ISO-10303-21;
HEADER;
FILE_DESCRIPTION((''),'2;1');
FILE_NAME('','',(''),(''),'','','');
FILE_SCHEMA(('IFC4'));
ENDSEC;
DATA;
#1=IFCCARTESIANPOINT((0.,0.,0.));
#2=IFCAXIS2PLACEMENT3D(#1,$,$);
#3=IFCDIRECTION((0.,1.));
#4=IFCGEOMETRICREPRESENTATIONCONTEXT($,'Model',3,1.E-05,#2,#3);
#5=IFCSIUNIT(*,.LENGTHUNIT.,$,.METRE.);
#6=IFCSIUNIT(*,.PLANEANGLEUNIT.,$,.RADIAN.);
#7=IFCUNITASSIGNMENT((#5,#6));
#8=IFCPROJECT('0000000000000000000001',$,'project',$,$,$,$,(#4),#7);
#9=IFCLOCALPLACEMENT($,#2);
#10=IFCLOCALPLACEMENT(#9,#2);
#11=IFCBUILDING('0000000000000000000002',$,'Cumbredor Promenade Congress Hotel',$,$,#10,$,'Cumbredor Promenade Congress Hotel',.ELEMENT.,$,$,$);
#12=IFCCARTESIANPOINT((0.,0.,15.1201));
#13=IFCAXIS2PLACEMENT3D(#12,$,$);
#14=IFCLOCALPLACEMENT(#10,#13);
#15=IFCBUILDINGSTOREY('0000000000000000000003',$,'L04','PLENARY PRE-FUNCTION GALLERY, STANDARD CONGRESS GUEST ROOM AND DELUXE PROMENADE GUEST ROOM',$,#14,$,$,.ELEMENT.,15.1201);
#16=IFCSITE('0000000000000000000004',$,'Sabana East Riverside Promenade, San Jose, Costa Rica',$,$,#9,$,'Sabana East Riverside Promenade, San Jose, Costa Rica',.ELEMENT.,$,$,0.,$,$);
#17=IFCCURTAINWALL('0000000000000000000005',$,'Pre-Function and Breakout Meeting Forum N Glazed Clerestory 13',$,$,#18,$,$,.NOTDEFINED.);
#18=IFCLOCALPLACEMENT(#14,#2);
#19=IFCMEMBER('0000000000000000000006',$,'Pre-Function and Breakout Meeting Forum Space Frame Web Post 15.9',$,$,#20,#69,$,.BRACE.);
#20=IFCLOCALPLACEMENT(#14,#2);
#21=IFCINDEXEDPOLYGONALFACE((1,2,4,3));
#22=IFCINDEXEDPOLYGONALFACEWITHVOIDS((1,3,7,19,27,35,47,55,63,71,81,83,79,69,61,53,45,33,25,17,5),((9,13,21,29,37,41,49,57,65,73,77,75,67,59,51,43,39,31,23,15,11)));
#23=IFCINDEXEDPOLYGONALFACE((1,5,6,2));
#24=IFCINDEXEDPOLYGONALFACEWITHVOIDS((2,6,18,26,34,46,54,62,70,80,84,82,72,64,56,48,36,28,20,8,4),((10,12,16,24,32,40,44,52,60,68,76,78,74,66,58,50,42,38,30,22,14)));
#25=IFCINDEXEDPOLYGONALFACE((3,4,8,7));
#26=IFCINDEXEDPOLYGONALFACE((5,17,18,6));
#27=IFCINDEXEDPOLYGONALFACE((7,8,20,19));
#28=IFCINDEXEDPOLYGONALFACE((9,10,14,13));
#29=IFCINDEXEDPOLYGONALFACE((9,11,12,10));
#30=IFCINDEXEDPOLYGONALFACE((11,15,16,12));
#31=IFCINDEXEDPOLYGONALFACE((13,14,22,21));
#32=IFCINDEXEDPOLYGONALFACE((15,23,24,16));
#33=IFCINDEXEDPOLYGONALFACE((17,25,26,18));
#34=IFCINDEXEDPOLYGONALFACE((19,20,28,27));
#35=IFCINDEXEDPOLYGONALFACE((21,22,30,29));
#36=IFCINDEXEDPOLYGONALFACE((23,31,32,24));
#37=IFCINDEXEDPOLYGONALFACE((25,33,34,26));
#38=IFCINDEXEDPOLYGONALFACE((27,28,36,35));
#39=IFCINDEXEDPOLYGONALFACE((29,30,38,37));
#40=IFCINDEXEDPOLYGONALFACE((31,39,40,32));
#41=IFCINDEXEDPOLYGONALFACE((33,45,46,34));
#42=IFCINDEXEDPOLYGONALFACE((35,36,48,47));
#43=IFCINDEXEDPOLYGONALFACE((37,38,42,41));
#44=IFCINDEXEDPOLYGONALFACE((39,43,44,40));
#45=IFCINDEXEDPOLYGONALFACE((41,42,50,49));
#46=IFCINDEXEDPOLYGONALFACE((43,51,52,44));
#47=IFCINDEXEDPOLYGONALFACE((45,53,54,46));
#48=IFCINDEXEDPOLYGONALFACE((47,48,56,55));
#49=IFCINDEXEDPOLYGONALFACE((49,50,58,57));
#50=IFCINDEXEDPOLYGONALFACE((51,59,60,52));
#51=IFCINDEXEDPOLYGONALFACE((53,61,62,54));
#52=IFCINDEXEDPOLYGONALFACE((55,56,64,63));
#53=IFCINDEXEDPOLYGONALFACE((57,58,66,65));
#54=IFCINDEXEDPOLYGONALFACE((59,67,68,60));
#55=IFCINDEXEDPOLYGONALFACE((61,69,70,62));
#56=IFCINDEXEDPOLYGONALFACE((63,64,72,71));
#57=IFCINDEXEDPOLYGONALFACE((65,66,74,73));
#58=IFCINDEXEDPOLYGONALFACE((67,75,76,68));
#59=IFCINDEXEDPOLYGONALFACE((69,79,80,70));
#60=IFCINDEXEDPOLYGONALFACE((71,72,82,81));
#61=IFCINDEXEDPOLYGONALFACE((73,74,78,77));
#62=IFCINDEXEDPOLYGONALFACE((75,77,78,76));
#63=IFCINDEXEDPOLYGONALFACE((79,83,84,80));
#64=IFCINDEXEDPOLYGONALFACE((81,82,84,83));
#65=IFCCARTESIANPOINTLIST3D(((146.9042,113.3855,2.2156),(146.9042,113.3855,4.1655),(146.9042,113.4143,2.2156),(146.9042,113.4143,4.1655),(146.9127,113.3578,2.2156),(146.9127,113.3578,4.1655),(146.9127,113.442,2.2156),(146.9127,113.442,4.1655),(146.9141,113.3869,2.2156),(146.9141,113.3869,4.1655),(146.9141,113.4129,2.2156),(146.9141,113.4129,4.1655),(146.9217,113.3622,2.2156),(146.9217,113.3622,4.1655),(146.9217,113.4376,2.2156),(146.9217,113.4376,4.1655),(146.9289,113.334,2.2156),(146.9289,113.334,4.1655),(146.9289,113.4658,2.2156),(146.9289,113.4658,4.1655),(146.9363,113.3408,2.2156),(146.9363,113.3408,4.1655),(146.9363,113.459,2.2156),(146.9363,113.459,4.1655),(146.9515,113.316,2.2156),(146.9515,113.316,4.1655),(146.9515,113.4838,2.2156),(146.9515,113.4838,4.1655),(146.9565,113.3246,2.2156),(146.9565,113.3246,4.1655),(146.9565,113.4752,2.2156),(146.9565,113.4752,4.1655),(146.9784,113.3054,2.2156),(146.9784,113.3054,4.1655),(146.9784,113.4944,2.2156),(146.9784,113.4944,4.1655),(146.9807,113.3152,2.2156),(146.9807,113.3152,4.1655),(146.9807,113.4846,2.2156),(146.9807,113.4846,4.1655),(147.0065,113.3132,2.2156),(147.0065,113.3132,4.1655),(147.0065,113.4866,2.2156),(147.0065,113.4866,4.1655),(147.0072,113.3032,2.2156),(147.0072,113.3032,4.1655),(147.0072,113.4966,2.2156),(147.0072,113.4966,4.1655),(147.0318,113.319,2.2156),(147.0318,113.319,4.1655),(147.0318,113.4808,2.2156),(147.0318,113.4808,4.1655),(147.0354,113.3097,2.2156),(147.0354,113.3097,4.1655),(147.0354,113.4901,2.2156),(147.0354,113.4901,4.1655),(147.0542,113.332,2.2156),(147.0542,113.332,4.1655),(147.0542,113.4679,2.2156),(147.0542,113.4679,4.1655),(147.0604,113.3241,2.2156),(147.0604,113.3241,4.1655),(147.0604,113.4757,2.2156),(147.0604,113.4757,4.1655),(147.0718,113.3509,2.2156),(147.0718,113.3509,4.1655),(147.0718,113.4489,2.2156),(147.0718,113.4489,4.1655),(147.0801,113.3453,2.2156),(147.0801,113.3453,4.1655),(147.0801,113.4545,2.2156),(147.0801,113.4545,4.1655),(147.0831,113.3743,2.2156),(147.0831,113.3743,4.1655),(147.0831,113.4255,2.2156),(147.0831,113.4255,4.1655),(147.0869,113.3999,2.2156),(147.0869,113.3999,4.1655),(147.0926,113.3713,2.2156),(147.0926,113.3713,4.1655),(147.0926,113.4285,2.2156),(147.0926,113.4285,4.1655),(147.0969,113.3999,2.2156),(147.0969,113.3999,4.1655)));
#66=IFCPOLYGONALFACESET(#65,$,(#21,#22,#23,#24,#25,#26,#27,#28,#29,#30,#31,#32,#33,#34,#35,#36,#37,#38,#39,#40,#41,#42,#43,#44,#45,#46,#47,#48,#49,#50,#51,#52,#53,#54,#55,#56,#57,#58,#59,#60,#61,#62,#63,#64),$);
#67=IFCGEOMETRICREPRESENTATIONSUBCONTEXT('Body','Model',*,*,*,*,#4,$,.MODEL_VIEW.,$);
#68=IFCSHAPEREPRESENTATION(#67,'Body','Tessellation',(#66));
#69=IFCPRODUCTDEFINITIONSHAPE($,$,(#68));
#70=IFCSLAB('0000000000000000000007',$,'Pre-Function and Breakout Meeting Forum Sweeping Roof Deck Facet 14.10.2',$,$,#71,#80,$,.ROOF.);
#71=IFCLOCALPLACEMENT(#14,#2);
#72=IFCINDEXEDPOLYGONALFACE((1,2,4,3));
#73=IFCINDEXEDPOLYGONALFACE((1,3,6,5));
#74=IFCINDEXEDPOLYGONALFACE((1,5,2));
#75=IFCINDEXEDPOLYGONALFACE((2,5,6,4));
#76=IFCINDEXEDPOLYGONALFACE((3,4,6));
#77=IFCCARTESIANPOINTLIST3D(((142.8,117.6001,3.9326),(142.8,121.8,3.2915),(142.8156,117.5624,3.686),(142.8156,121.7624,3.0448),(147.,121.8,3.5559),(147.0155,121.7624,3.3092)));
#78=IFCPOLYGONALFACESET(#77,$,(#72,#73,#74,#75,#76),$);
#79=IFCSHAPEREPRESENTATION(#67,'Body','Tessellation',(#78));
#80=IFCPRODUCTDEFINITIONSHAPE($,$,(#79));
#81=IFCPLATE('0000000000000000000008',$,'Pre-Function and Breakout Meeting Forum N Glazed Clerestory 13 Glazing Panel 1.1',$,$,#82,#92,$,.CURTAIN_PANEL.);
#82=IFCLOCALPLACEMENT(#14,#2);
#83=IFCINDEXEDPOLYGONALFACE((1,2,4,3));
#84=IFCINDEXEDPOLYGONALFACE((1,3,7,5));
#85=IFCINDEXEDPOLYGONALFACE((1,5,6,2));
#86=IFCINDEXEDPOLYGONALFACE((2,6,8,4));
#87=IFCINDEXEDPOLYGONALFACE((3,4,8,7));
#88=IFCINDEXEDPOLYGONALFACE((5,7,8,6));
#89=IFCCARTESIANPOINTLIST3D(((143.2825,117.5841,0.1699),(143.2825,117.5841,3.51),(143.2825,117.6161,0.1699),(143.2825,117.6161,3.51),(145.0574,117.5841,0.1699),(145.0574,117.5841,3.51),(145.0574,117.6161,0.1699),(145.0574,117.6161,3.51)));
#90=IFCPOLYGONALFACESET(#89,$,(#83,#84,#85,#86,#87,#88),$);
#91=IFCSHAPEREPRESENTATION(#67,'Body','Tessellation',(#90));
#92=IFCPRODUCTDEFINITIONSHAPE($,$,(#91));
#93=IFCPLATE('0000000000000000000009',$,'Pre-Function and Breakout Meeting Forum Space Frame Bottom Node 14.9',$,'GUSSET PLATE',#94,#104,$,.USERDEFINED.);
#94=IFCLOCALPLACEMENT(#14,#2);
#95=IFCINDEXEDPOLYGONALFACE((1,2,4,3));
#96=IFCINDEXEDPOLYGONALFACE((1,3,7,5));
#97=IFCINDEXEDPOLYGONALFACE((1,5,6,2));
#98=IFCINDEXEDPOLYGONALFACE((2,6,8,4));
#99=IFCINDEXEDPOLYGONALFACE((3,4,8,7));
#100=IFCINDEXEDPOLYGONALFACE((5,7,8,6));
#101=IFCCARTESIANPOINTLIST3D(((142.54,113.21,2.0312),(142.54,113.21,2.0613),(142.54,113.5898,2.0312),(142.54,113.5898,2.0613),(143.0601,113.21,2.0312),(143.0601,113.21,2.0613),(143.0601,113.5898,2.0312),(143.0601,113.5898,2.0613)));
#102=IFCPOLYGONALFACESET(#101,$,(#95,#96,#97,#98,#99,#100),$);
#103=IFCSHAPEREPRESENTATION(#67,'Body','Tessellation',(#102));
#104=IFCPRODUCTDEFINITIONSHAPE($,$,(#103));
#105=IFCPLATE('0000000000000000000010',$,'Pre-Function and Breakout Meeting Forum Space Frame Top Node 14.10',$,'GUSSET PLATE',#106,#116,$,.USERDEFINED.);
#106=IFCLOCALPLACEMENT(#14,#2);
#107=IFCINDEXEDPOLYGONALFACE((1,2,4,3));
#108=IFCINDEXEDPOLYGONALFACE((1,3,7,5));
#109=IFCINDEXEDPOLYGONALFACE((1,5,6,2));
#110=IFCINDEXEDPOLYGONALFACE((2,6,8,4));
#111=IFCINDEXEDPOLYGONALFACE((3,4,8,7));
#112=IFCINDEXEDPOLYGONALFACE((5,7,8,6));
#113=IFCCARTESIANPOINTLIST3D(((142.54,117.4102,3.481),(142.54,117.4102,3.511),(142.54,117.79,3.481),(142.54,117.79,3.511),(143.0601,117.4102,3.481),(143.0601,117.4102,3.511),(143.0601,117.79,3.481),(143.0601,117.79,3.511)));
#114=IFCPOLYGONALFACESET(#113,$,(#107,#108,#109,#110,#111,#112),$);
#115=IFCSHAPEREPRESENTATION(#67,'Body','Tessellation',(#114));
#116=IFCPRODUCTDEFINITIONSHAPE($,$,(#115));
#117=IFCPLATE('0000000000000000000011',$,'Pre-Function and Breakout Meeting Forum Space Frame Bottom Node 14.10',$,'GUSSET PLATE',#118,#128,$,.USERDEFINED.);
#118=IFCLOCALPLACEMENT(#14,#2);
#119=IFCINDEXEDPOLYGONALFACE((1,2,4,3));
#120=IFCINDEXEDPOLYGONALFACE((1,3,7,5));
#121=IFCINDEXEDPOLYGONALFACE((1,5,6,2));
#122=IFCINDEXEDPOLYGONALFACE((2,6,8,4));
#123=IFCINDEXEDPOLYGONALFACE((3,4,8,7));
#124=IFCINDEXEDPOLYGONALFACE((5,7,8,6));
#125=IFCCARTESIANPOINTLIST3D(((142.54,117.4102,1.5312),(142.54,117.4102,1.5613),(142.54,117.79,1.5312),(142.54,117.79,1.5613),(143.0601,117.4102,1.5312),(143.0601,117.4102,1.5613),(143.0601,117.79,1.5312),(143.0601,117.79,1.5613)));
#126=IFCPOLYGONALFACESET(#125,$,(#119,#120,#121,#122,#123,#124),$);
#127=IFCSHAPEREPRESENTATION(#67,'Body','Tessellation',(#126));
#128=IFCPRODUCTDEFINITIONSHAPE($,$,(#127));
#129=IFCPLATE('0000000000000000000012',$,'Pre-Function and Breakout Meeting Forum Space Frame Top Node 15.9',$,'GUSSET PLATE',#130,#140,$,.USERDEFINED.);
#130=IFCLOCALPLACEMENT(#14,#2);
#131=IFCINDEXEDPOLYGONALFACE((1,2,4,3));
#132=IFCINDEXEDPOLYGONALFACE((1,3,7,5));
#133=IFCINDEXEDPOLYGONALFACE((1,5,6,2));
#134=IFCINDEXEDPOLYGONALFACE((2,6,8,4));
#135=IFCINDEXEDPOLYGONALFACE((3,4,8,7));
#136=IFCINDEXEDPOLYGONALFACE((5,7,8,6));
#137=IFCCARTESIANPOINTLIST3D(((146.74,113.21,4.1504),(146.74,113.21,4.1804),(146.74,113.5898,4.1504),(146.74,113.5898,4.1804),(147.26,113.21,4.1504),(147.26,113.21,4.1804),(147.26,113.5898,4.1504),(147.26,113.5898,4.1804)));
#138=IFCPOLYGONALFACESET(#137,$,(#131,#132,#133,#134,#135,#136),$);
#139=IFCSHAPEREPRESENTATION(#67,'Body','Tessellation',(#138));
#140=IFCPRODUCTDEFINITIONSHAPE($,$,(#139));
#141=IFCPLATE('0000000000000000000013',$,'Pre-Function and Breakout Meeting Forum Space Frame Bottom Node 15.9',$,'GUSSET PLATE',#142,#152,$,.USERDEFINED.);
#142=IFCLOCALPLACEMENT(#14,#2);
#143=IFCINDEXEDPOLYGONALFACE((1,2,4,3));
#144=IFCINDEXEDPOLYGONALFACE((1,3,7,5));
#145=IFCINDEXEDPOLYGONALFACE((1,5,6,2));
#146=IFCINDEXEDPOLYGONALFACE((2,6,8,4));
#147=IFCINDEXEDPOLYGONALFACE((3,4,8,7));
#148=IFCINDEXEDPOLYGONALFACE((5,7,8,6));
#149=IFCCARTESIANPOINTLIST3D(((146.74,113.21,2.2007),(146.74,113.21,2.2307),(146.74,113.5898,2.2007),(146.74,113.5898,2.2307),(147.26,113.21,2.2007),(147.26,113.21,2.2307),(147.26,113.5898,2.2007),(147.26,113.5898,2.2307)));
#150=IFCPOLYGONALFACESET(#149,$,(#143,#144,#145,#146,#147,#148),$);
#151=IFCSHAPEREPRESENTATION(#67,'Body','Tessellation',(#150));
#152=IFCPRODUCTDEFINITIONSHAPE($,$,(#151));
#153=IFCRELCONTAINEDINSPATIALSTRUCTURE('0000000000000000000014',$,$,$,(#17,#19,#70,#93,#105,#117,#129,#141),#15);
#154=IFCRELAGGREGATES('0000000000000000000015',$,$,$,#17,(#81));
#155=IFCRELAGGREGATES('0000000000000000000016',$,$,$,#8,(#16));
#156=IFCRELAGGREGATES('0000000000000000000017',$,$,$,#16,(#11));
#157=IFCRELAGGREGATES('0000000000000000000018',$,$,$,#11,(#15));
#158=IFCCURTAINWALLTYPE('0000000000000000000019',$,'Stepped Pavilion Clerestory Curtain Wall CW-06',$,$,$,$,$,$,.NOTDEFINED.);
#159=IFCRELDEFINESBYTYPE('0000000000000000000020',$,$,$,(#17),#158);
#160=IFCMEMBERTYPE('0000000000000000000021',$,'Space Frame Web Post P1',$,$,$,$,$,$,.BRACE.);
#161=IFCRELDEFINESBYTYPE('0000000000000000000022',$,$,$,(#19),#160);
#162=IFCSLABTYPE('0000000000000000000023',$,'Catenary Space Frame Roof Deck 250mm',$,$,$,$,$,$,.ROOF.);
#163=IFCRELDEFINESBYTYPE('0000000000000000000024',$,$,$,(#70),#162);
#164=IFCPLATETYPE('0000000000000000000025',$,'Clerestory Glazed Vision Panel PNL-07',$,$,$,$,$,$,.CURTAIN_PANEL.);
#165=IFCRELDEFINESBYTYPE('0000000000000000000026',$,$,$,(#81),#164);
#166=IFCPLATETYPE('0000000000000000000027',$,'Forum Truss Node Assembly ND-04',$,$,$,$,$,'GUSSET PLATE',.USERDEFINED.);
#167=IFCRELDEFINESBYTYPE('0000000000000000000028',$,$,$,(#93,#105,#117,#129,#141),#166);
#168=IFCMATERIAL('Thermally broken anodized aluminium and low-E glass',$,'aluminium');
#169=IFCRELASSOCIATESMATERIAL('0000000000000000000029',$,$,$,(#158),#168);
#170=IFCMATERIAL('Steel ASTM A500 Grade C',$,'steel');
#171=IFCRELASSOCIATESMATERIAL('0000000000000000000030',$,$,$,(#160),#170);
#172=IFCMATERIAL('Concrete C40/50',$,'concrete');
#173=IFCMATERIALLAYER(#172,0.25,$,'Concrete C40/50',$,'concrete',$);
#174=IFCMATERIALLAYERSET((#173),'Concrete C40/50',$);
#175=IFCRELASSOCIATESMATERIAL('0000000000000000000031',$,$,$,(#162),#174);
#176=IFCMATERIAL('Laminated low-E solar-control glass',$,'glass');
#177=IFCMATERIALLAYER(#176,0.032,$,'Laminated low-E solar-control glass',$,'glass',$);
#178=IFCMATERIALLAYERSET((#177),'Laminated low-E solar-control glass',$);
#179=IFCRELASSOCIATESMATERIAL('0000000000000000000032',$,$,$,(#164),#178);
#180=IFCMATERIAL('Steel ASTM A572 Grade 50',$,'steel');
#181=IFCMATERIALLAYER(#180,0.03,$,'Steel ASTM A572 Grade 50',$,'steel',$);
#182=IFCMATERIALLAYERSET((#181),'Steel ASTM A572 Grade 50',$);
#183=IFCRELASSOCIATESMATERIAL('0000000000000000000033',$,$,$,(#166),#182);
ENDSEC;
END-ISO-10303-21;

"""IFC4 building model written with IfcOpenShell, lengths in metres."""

from ifc_helpers import new_model, si_unit, direction, frame, origin, origin_2d, place, context, subcontext, project, spatial, polyline, rectangle, hollow_circle, outline, extrude, material, layer, layer_set, material_profile, profile_set, type_object, element, aggregate, save


model = new_model("IFC4")

# Units and contexts
model_context = context("Model", 3, precision=1e-05, world=origin(), true_north=direction((0.0, 1.0)))
body_context = subcontext(model_context, "Body", "Model", "MODEL_VIEW")
ifc_project = project(units=[si_unit("LENGTHUNIT", "METRE"), si_unit("PLANEANGLEUNIT", "RADIAN")], contexts=[model_context])

# Site, building, storey
site_placement = place(None, origin())
site = spatial("IfcSite", under=ifc_project, at=site_placement, Name="Sabana East Riverside Promenade, San Jose, Costa Rica", LongName="Sabana East Riverside Promenade, San Jose, Costa Rica", CompositionType="ELEMENT", RefElevation=0.0)
building_placement = place(site_placement, origin())
building = spatial("IfcBuilding", under=site, at=building_placement, Name="Cumbredor Promenade Congress Hotel", LongName="Cumbredor Promenade Congress Hotel", CompositionType="ELEMENT")
storey_placement = place(building_placement, frame((0.0, 0.0, 15.1201)))
storey = spatial("IfcBuildingStorey", under=building, at=storey_placement, Name="L04", Description="PLENARY PRE-FUNCTION GALLERY, STANDARD CONGRESS GUEST ROOM AND DELUXE PROMENADE GUEST ROOM", CompositionType="ELEMENT", Elevation=15.1201)

# Curtain wall
ifc_material_1 = material(Name="Thermally broken anodized aluminium and low-E glass", Category="aluminium")
curtain_wall_type = type_object("IfcCurtainWallType", Name="Stepped Pavilion Clerestory Curtain Wall CW-06", PredefinedType="NOTDEFINED", material=ifc_material_1)
curtain_wall_placement = place(storey_placement, origin())
curtain_wall = element("IfcCurtainWall", 1, at=curtain_wall_placement, inside=storey, type_object=curtain_wall_type, Name="Pre-Function and Breakout Meeting Forum N Glazed Clerestory 13", PredefinedType="NOTDEFINED")

# Member
ifc_material_2 = material(Name="Steel ASTM A500 Grade C", Category="steel")
ifc_material_profile_1 = material_profile(ifc_material_2, hollow_circle(Radius=0.0969, WallThickness=0.01, at=origin_2d()), Name="CHS 193.7x10")
ifc_profile_set_1 = profile_set([ifc_material_profile_1], Name="Steel ASTM A500 Grade C")
member_type_1 = type_object("IfcMemberType", Name="Space Frame Web Post P1", PredefinedType="BRACE", material=ifc_profile_set_1)
for number, where, z_axis, x_axis, name in (
    (2, (147.0, 113.3999, 2.2156), (0.0, 0.0, 1.0), (1.0, 0.0, 0.0), "Pre-Function and Breakout Meeting Forum Space Frame Web Post 15.9"),
):
    element("IfcMember", number, at=place(storey_placement, frame(where, z_axis=z_axis, x_axis=x_axis)), inside=storey, type_object=member_type_1, Name=name, PredefinedType="BRACE", context=body_context, shape_type="SweptSolid", body=[
        extrude(hollow_circle(Radius=0.0969, WallThickness=0.01, at=origin_2d()), origin(), (0.0, 0.0, 1.0), 1.95),
    ])

# Slab
ifc_material_3 = material(Name="Concrete C40/50", Category="concrete")
ifc_layer_1 = layer(ifc_material_3, 0.25, Name="Concrete C40/50", Category="concrete")
ifc_layer_set_1 = layer_set([ifc_layer_1], Name="Concrete C40/50")
slab_type = type_object("IfcSlabType", Name="Catenary Space Frame Roof Deck 250mm", PredefinedType="ROOF", material=ifc_layer_set_1)
slab_placement = place(storey_placement, frame((142.8, 117.6001, 3.9326), z_axis=(-0.062113, 0.150608, 0.98664), x_axis=(0.705689, 0.705689, -0.063296)))
element("IfcSlab", 3, at=slab_placement, inside=storey, type_object=slab_type, Name="Pre-Function and Breakout Meeting Forum Sweeping Roof Deck Facet 14.10.2", PredefinedType="ROOF", context=body_context, shape_type="SweptSolid", body=[
    extrude(outline(polyline([(0.0, 0.0), (5.9516, 0.0), (3.0044, 3.004), (0.0, 0.0)])), origin(), (0.0, 0.0, -1.0), 0.25),
])

# Plate
ifc_material_4 = material(Name="Laminated low-E solar-control glass", Category="glass")
ifc_layer_2 = layer(ifc_material_4, 0.032, Name="Laminated low-E solar-control glass", Category="glass")
ifc_layer_set_2 = layer_set([ifc_layer_2], Name="Laminated low-E solar-control glass")
plate_type_1 = type_object("IfcPlateType", Name="Clerestory Glazed Vision Panel PNL-07", PredefinedType="CURTAIN_PANEL", material=ifc_layer_set_2)
plate_placement = place(storey_placement, frame((144.1699, 117.6001, 0.1699), z_axis=(0.0, 0.0, 1.0), x_axis=(1.0, 0.0, 0.0)))
plate = element("IfcPlate", 4, at=plate_placement, type_object=plate_type_1, Name="Pre-Function and Breakout Meeting Forum N Glazed Clerestory 13 Glazing Panel 1.1", PredefinedType="CURTAIN_PANEL", context=body_context, shape_type="SweptSolid", body=[
    extrude(rectangle(XDim=1.7749, YDim=0.032, at=origin_2d()), origin(), (0.0, 0.0, 1.0), 3.3401),
])
aggregate(curtain_wall, [plate])

# Plates
ifc_material_5 = material(Name="Steel ASTM A572 Grade 50", Category="steel")
ifc_layer_3 = layer(ifc_material_5, 0.03, Name="Steel ASTM A572 Grade 50", Category="steel")
ifc_layer_set_3 = layer_set([ifc_layer_3], Name="Steel ASTM A572 Grade 50")
plate_type_2 = type_object("IfcPlateType", Name="Forum Truss Node Assembly ND-04", ElementType="GUSSET PLATE", PredefinedType="USERDEFINED", material=ifc_layer_set_3)
for number, where, z_axis, x_axis, name in (
    (5, (142.8, 113.3999, 2.0312), (0.0, 0.0, 1.0), (1.0, 0.0, 0.0), "Pre-Function and Breakout Meeting Forum Space Frame Bottom Node 14.9"),
    (6, (142.8, 117.6001, 3.481), (0.0, 0.0, 1.0), (1.0, 0.0, 0.0), "Pre-Function and Breakout Meeting Forum Space Frame Top Node 14.10"),
    (7, (142.8, 117.6001, 1.5312), (0.0, 0.0, 1.0), (1.0, 0.0, 0.0), "Pre-Function and Breakout Meeting Forum Space Frame Bottom Node 14.10"),
    (8, (147.0, 113.3999, 4.1504), (0.0, 0.0, 1.0), (1.0, 0.0, 0.0), "Pre-Function and Breakout Meeting Forum Space Frame Top Node 15.9"),
    (9, (147.0, 113.3999, 2.2007), (0.0, 0.0, 1.0), (1.0, 0.0, 0.0), "Pre-Function and Breakout Meeting Forum Space Frame Bottom Node 15.9"),
):
    element("IfcPlate", number, at=place(storey_placement, frame(where, z_axis=z_axis, x_axis=x_axis)), inside=storey, type_object=plate_type_2, Name=name, ObjectType="GUSSET PLATE", PredefinedType="USERDEFINED", context=body_context, shape_type="SweptSolid", body=[
        extrude(rectangle(XDim=0.52, YDim=0.3799, at=origin_2d()), origin(), (0.0, 0.0, 1.0), 0.03),
    ])

save(model, "model.ifc")
